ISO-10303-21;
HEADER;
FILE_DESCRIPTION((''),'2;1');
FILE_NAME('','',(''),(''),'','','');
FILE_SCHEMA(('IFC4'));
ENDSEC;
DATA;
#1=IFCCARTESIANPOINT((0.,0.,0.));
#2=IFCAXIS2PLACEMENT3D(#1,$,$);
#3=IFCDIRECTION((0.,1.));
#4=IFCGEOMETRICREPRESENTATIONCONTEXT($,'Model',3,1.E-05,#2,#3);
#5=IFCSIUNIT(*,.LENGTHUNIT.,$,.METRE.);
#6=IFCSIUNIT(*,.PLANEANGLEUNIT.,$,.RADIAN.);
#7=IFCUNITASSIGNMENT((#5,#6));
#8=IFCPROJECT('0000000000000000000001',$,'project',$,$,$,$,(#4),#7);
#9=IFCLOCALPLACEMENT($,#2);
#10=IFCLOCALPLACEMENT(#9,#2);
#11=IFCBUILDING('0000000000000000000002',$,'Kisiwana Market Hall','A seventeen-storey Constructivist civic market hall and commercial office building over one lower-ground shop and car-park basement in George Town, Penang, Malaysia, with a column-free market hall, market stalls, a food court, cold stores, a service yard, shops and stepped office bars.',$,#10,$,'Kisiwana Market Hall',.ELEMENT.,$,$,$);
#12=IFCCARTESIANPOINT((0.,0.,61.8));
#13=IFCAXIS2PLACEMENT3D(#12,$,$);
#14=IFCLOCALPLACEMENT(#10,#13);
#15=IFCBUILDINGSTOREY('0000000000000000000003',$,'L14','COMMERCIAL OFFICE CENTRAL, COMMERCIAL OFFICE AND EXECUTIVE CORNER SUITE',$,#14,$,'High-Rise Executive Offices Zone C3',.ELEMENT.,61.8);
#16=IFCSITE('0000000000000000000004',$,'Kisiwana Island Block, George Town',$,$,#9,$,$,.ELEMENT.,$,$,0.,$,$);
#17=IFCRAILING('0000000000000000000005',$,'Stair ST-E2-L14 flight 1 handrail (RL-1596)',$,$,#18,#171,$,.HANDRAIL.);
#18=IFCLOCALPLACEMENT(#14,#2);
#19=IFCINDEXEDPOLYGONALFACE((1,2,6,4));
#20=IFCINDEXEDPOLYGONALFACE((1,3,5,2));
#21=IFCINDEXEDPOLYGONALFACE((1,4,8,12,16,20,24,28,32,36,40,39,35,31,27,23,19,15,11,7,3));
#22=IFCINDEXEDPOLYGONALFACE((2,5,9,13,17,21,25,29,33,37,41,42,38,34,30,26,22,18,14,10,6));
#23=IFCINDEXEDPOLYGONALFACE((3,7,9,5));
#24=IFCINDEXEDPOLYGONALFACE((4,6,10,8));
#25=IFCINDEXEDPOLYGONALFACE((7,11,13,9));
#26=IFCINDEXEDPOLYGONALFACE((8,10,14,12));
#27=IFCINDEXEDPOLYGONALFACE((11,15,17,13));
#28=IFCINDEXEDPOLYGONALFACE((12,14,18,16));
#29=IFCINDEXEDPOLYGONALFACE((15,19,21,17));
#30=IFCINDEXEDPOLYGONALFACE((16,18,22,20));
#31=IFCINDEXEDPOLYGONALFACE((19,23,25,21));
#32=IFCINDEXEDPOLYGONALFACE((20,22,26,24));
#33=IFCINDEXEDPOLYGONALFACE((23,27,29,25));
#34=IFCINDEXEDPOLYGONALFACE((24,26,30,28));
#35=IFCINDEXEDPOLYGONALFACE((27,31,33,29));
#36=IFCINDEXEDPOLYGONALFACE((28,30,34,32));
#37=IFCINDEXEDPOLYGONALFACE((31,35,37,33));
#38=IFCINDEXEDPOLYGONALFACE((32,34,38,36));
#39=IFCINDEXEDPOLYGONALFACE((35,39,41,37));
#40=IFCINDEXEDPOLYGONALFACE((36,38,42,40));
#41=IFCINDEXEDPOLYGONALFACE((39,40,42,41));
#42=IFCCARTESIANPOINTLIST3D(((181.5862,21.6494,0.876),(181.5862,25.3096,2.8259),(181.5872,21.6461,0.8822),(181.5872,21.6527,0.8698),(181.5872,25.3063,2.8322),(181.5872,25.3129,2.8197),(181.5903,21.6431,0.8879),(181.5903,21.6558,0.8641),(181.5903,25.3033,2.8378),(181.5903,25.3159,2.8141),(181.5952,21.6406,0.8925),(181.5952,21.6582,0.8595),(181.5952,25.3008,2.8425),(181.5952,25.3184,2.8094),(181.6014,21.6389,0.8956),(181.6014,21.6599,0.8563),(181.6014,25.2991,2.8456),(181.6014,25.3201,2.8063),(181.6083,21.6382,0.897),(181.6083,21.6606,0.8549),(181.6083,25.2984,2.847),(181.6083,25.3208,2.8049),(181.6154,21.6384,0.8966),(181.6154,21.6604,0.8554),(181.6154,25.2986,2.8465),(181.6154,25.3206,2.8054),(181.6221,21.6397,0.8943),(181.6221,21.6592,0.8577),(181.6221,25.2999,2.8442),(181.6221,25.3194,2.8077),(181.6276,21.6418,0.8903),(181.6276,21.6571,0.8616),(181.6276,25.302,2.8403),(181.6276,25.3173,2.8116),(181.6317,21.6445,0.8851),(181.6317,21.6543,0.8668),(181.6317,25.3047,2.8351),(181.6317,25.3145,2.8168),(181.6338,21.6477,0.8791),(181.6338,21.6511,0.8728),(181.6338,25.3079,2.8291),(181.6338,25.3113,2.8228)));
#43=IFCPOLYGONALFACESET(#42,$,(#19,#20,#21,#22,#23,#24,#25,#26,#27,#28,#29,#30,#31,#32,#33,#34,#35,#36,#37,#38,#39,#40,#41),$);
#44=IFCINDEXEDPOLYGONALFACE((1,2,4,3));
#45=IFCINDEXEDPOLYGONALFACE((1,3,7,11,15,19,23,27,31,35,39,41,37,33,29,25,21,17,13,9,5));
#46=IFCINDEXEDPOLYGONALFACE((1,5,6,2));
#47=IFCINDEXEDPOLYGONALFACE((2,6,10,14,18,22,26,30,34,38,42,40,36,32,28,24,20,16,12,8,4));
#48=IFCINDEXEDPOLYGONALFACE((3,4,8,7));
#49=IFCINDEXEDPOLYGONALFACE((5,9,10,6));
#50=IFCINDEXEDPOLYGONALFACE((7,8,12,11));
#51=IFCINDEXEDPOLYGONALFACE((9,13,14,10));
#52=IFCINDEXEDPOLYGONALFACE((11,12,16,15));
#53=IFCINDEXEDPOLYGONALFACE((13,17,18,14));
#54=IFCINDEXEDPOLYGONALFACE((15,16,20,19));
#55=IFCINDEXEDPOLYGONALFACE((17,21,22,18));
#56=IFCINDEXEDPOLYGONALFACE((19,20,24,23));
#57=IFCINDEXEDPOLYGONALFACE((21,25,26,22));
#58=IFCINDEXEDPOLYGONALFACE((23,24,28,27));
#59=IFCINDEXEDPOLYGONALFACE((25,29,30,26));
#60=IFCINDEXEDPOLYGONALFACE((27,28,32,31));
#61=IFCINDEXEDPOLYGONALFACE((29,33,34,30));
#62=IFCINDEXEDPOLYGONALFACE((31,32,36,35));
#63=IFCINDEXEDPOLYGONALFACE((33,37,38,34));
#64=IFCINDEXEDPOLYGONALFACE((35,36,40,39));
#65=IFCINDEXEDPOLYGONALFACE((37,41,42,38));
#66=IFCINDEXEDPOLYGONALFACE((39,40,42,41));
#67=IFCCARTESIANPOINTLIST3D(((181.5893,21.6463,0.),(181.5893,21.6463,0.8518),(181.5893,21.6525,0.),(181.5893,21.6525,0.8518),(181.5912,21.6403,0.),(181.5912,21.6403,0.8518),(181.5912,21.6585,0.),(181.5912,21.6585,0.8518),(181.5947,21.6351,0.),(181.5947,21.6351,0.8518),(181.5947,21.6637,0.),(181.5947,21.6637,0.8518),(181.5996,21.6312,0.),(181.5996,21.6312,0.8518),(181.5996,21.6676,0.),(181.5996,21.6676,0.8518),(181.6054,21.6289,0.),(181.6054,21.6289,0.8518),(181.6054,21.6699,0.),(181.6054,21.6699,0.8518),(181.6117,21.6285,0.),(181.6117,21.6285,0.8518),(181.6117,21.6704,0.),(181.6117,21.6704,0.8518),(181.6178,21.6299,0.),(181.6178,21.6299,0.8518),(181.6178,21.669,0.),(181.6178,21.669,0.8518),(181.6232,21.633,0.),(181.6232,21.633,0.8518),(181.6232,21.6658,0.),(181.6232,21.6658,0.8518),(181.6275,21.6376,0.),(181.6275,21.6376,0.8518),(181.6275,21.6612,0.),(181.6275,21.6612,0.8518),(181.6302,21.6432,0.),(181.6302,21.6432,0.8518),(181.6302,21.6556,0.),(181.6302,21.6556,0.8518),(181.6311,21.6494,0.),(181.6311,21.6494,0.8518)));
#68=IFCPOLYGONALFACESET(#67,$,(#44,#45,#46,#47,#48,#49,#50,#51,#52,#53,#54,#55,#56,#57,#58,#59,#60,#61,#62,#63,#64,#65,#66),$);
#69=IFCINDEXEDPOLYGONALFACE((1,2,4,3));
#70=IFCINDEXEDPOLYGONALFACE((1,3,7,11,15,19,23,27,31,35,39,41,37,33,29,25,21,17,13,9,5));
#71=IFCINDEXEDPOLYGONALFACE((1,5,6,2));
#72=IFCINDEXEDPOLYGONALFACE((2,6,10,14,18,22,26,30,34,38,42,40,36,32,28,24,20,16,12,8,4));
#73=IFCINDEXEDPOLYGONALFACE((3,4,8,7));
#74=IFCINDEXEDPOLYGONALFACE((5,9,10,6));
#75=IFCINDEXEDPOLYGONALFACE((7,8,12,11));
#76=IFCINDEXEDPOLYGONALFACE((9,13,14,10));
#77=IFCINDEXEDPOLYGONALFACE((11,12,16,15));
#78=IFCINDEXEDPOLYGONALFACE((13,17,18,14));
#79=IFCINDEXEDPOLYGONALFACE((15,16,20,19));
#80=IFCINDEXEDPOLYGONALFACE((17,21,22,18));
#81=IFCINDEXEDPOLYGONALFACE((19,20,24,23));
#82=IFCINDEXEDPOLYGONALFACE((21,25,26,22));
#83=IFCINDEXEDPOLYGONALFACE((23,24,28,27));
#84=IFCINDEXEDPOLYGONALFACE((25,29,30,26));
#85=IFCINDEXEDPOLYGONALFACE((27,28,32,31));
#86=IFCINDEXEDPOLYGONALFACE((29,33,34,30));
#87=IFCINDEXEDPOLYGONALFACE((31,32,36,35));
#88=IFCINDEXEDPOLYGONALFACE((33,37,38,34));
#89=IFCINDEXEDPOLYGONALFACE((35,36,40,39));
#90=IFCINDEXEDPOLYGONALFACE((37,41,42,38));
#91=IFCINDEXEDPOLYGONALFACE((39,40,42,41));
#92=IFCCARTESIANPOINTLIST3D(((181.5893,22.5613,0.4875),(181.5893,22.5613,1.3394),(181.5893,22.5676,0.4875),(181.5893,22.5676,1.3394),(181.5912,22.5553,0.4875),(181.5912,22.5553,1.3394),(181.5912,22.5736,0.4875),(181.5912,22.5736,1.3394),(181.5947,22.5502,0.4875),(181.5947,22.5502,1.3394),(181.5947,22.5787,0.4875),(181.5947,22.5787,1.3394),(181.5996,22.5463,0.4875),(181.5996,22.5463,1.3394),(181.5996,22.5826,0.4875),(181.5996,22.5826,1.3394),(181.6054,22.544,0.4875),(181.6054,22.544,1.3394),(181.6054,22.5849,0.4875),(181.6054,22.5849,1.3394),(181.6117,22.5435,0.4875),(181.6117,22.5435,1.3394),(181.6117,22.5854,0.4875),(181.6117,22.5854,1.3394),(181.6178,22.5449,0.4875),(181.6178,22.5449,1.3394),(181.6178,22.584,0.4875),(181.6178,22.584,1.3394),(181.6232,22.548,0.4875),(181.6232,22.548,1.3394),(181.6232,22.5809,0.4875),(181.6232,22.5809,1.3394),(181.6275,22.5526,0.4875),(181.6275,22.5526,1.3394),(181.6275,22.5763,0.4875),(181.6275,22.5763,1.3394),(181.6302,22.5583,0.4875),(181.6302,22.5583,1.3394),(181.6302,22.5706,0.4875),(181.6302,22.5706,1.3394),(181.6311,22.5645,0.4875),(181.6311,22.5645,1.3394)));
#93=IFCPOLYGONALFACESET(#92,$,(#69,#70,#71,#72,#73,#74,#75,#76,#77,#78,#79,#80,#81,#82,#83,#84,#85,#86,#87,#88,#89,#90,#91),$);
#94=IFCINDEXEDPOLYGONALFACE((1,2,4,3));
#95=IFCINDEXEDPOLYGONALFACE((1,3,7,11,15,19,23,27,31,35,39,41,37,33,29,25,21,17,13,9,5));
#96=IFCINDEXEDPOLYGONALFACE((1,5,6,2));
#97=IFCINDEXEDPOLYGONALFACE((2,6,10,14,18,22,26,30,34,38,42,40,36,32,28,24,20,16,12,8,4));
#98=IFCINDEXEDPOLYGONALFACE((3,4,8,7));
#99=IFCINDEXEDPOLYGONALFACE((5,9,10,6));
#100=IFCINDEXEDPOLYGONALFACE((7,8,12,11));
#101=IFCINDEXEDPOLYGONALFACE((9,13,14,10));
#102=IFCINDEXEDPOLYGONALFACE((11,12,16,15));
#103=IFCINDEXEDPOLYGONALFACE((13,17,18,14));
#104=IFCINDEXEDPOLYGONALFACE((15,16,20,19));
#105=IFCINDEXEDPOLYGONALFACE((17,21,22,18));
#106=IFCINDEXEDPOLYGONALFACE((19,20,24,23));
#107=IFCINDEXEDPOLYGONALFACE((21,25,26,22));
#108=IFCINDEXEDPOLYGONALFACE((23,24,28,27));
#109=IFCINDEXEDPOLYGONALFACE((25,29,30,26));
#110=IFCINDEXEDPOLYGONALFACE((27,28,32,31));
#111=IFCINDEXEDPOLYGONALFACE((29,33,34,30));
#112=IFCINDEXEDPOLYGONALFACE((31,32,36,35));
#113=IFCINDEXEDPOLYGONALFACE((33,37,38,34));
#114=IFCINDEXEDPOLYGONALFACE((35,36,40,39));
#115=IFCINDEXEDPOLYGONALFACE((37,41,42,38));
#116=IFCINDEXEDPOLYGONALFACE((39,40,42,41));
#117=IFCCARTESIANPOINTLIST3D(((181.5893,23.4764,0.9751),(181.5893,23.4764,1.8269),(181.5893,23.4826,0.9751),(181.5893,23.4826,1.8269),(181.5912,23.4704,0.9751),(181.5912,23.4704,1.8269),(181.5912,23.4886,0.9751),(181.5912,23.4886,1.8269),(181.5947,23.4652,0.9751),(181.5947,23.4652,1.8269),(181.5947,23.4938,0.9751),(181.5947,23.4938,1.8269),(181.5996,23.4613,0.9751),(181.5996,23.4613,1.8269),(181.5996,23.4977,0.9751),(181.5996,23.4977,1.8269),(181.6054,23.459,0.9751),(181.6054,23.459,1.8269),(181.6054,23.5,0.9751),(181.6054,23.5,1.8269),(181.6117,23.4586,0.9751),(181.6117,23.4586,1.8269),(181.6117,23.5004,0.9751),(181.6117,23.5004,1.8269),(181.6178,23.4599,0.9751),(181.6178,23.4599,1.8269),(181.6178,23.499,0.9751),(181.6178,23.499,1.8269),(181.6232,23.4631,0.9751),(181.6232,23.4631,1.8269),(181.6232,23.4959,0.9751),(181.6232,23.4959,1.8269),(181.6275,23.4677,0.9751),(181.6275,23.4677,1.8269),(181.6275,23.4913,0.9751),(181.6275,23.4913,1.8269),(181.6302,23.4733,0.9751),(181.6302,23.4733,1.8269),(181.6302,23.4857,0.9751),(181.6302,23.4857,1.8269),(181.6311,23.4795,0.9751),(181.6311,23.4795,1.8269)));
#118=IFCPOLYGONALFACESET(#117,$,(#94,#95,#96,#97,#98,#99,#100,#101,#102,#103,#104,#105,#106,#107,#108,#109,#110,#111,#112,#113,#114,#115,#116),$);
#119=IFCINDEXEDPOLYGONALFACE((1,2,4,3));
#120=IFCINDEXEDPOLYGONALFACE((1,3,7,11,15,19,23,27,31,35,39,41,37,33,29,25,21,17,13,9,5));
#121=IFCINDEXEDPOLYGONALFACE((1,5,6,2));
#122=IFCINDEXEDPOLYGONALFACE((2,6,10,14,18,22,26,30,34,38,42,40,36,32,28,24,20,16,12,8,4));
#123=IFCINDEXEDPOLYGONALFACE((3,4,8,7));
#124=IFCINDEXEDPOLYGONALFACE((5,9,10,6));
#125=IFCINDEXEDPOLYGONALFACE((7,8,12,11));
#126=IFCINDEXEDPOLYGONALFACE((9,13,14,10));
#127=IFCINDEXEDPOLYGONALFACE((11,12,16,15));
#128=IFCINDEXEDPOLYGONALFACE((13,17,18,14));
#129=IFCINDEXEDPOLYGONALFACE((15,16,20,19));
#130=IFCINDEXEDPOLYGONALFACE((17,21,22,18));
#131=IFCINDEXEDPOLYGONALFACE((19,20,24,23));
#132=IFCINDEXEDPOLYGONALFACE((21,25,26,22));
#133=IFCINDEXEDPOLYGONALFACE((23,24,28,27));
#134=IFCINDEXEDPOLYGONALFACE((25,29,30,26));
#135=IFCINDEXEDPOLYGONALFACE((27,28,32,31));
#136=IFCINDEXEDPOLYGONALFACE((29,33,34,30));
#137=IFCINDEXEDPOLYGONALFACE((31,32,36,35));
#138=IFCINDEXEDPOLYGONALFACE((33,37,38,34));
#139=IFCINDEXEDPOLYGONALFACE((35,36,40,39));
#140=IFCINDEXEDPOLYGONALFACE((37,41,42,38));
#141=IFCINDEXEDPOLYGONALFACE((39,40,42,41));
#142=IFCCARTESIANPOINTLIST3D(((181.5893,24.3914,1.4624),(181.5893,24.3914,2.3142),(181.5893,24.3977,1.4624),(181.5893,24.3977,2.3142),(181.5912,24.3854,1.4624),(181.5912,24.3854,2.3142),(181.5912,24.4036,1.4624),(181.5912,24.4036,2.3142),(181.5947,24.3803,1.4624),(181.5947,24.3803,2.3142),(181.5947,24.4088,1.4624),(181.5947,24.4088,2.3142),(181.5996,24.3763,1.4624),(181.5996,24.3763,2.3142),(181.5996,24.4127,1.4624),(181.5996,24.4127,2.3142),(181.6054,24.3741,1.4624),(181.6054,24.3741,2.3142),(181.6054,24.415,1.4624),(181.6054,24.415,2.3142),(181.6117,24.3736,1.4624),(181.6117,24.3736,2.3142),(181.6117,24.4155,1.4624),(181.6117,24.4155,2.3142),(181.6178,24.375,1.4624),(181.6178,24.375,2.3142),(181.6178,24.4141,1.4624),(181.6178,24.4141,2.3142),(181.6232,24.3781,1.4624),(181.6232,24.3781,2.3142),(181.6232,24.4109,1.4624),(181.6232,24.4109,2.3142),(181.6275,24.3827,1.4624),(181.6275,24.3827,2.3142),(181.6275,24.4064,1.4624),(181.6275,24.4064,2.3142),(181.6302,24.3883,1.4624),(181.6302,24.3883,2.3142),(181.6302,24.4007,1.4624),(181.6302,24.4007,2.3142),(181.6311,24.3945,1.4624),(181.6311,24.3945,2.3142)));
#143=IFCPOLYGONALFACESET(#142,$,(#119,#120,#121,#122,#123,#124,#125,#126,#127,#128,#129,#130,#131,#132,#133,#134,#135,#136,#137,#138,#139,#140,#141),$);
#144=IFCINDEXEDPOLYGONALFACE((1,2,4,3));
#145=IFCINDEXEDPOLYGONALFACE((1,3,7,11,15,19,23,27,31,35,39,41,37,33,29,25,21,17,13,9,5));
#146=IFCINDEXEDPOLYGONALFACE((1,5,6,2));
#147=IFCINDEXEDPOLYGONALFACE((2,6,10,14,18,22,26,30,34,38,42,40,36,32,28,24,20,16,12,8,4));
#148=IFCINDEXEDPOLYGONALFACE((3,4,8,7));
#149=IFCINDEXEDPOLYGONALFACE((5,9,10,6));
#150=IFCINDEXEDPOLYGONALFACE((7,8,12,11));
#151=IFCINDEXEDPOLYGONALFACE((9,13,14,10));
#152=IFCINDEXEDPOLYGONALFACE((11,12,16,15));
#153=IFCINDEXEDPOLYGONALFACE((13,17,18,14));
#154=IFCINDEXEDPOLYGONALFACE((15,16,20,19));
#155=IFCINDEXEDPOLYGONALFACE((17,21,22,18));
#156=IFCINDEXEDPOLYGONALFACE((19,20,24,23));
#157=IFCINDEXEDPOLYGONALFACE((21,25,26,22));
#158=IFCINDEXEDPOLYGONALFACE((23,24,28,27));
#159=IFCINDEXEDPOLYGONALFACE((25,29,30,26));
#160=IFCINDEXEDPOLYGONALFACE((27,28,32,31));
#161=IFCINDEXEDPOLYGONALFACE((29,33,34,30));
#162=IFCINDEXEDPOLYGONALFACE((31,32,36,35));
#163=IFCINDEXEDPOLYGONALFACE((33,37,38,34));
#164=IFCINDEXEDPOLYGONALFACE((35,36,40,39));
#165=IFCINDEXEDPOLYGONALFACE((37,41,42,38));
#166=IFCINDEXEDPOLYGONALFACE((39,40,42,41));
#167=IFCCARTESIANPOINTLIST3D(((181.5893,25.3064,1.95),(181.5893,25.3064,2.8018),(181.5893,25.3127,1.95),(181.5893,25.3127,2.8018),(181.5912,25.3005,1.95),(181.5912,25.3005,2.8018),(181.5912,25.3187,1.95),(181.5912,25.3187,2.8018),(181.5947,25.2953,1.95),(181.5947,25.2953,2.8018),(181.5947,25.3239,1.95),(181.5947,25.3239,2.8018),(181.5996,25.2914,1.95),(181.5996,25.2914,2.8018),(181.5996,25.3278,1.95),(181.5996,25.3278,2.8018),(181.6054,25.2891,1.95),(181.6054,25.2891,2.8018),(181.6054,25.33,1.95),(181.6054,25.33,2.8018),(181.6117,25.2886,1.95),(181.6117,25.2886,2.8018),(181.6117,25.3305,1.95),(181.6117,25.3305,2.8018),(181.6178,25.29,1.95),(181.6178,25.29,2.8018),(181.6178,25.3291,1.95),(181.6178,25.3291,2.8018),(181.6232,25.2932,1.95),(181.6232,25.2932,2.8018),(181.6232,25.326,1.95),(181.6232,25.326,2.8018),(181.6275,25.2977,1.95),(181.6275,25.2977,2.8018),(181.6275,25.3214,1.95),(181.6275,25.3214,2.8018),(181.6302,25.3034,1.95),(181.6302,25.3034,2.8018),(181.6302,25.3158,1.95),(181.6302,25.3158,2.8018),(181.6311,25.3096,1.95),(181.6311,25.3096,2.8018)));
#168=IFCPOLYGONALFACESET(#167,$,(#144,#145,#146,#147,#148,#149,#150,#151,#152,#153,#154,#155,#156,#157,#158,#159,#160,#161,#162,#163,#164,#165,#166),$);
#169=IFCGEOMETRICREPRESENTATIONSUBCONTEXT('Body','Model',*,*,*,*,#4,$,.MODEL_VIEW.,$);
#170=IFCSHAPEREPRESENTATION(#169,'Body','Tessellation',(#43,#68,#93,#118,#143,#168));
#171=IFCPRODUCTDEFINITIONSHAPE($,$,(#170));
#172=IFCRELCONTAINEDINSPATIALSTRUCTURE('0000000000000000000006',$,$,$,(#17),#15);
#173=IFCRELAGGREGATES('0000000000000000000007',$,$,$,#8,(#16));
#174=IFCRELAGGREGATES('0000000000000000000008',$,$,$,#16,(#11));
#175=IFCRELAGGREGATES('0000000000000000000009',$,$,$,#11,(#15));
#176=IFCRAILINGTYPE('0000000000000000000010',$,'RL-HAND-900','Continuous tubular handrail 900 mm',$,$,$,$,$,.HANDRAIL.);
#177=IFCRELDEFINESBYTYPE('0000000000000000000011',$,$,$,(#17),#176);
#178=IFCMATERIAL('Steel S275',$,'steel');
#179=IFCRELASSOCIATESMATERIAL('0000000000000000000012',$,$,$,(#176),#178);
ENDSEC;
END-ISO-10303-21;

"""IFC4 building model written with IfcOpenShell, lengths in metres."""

from ifc_helpers import new_model, si_unit, direction, frame, origin, origin_2d, place, context, subcontext, project, spatial, circle, extrude, material, type_object, element, save


model = new_model("IFC4")

# Units and contexts
model_context = context("Model", 3, precision=1e-05, world=origin(), true_north=direction((0.0, 1.0)))
body_context = subcontext(model_context, "Body", "Model", "MODEL_VIEW")
ifc_project = project(units=[si_unit("LENGTHUNIT", "METRE"), si_unit("PLANEANGLEUNIT", "RADIAN")], contexts=[model_context])

# Site, building, storey
site_placement = place(None, origin())
site = spatial("IfcSite", under=ifc_project, at=site_placement, Name="Kisiwana Island Block, George Town", CompositionType="ELEMENT", RefElevation=0.0)
building_placement = place(site_placement, origin())
building = spatial("IfcBuilding", under=site, at=building_placement, Name="Kisiwana Market Hall", Description="A seventeen-storey Constructivist civic market hall and commercial office building over one lower-ground shop and car-park basement in George Town, Penang, Malaysia, with a column-free market hall, market stalls, a food court, cold stores, a service yard, shops and stepped office bars.", LongName="Kisiwana Market Hall", CompositionType="ELEMENT")
storey_placement = place(building_placement, frame((0.0, 0.0, 61.8)))
storey = spatial("IfcBuildingStorey", under=building, at=storey_placement, Name="L14", Description="COMMERCIAL OFFICE CENTRAL, COMMERCIAL OFFICE AND EXECUTIVE CORNER SUITE", LongName="High-Rise Executive Offices Zone C3", CompositionType="ELEMENT", Elevation=61.8)

# Railing
ifc_material_1 = material(Name="Steel S275", Category="steel")
railing_type_1 = type_object("IfcRailingType", Name="RL-HAND-900", Description="Continuous tubular handrail 900 mm", PredefinedType="HANDRAIL", material=ifc_material_1)
railing_1_placement = place(storey_placement, frame((181.6101, 21.6494, 0.0)))
element("IfcRailing", 1, at=railing_1_placement, inside=storey, type_object=railing_type_1, Name="Stair ST-E2-L14 flight 1 handrail (RL-1596)", PredefinedType="HANDRAIL", context=body_context, shape_type="SweptSolid", body=[
    extrude(circle(Radius=0.0239, at=origin_2d()), frame((0.0, 0.0, 0.876), z_axis=(0.0, 0.882566, 0.470188), x_axis=(-1.0, 0.0, 0.0)), (0.0, 0.0, 1.0), 4.1472),
    extrude(circle(Radius=0.021, at=origin_2d()), origin(), (0.0, 0.0, 1.0), 0.8518),
    extrude(circle(Radius=0.021, at=origin_2d()), frame((0.0, 0.915, 0.4875)), (0.0, 0.0, 1.0), 0.8518),
    extrude(circle(Radius=0.021, at=origin_2d()), frame((0.0, 1.8301, 0.9751)), (0.0, 0.0, 1.0), 0.8518),
    extrude(circle(Radius=0.021, at=origin_2d()), frame((0.0, 2.7451, 1.4624)), (0.0, 0.0, 1.0), 0.8518),
    extrude(circle(Radius=0.021, at=origin_2d()), frame((0.0, 3.6602, 1.95)), (0.0, 0.0, 1.0), 0.8518),
])

save(model, "model.ifc")
